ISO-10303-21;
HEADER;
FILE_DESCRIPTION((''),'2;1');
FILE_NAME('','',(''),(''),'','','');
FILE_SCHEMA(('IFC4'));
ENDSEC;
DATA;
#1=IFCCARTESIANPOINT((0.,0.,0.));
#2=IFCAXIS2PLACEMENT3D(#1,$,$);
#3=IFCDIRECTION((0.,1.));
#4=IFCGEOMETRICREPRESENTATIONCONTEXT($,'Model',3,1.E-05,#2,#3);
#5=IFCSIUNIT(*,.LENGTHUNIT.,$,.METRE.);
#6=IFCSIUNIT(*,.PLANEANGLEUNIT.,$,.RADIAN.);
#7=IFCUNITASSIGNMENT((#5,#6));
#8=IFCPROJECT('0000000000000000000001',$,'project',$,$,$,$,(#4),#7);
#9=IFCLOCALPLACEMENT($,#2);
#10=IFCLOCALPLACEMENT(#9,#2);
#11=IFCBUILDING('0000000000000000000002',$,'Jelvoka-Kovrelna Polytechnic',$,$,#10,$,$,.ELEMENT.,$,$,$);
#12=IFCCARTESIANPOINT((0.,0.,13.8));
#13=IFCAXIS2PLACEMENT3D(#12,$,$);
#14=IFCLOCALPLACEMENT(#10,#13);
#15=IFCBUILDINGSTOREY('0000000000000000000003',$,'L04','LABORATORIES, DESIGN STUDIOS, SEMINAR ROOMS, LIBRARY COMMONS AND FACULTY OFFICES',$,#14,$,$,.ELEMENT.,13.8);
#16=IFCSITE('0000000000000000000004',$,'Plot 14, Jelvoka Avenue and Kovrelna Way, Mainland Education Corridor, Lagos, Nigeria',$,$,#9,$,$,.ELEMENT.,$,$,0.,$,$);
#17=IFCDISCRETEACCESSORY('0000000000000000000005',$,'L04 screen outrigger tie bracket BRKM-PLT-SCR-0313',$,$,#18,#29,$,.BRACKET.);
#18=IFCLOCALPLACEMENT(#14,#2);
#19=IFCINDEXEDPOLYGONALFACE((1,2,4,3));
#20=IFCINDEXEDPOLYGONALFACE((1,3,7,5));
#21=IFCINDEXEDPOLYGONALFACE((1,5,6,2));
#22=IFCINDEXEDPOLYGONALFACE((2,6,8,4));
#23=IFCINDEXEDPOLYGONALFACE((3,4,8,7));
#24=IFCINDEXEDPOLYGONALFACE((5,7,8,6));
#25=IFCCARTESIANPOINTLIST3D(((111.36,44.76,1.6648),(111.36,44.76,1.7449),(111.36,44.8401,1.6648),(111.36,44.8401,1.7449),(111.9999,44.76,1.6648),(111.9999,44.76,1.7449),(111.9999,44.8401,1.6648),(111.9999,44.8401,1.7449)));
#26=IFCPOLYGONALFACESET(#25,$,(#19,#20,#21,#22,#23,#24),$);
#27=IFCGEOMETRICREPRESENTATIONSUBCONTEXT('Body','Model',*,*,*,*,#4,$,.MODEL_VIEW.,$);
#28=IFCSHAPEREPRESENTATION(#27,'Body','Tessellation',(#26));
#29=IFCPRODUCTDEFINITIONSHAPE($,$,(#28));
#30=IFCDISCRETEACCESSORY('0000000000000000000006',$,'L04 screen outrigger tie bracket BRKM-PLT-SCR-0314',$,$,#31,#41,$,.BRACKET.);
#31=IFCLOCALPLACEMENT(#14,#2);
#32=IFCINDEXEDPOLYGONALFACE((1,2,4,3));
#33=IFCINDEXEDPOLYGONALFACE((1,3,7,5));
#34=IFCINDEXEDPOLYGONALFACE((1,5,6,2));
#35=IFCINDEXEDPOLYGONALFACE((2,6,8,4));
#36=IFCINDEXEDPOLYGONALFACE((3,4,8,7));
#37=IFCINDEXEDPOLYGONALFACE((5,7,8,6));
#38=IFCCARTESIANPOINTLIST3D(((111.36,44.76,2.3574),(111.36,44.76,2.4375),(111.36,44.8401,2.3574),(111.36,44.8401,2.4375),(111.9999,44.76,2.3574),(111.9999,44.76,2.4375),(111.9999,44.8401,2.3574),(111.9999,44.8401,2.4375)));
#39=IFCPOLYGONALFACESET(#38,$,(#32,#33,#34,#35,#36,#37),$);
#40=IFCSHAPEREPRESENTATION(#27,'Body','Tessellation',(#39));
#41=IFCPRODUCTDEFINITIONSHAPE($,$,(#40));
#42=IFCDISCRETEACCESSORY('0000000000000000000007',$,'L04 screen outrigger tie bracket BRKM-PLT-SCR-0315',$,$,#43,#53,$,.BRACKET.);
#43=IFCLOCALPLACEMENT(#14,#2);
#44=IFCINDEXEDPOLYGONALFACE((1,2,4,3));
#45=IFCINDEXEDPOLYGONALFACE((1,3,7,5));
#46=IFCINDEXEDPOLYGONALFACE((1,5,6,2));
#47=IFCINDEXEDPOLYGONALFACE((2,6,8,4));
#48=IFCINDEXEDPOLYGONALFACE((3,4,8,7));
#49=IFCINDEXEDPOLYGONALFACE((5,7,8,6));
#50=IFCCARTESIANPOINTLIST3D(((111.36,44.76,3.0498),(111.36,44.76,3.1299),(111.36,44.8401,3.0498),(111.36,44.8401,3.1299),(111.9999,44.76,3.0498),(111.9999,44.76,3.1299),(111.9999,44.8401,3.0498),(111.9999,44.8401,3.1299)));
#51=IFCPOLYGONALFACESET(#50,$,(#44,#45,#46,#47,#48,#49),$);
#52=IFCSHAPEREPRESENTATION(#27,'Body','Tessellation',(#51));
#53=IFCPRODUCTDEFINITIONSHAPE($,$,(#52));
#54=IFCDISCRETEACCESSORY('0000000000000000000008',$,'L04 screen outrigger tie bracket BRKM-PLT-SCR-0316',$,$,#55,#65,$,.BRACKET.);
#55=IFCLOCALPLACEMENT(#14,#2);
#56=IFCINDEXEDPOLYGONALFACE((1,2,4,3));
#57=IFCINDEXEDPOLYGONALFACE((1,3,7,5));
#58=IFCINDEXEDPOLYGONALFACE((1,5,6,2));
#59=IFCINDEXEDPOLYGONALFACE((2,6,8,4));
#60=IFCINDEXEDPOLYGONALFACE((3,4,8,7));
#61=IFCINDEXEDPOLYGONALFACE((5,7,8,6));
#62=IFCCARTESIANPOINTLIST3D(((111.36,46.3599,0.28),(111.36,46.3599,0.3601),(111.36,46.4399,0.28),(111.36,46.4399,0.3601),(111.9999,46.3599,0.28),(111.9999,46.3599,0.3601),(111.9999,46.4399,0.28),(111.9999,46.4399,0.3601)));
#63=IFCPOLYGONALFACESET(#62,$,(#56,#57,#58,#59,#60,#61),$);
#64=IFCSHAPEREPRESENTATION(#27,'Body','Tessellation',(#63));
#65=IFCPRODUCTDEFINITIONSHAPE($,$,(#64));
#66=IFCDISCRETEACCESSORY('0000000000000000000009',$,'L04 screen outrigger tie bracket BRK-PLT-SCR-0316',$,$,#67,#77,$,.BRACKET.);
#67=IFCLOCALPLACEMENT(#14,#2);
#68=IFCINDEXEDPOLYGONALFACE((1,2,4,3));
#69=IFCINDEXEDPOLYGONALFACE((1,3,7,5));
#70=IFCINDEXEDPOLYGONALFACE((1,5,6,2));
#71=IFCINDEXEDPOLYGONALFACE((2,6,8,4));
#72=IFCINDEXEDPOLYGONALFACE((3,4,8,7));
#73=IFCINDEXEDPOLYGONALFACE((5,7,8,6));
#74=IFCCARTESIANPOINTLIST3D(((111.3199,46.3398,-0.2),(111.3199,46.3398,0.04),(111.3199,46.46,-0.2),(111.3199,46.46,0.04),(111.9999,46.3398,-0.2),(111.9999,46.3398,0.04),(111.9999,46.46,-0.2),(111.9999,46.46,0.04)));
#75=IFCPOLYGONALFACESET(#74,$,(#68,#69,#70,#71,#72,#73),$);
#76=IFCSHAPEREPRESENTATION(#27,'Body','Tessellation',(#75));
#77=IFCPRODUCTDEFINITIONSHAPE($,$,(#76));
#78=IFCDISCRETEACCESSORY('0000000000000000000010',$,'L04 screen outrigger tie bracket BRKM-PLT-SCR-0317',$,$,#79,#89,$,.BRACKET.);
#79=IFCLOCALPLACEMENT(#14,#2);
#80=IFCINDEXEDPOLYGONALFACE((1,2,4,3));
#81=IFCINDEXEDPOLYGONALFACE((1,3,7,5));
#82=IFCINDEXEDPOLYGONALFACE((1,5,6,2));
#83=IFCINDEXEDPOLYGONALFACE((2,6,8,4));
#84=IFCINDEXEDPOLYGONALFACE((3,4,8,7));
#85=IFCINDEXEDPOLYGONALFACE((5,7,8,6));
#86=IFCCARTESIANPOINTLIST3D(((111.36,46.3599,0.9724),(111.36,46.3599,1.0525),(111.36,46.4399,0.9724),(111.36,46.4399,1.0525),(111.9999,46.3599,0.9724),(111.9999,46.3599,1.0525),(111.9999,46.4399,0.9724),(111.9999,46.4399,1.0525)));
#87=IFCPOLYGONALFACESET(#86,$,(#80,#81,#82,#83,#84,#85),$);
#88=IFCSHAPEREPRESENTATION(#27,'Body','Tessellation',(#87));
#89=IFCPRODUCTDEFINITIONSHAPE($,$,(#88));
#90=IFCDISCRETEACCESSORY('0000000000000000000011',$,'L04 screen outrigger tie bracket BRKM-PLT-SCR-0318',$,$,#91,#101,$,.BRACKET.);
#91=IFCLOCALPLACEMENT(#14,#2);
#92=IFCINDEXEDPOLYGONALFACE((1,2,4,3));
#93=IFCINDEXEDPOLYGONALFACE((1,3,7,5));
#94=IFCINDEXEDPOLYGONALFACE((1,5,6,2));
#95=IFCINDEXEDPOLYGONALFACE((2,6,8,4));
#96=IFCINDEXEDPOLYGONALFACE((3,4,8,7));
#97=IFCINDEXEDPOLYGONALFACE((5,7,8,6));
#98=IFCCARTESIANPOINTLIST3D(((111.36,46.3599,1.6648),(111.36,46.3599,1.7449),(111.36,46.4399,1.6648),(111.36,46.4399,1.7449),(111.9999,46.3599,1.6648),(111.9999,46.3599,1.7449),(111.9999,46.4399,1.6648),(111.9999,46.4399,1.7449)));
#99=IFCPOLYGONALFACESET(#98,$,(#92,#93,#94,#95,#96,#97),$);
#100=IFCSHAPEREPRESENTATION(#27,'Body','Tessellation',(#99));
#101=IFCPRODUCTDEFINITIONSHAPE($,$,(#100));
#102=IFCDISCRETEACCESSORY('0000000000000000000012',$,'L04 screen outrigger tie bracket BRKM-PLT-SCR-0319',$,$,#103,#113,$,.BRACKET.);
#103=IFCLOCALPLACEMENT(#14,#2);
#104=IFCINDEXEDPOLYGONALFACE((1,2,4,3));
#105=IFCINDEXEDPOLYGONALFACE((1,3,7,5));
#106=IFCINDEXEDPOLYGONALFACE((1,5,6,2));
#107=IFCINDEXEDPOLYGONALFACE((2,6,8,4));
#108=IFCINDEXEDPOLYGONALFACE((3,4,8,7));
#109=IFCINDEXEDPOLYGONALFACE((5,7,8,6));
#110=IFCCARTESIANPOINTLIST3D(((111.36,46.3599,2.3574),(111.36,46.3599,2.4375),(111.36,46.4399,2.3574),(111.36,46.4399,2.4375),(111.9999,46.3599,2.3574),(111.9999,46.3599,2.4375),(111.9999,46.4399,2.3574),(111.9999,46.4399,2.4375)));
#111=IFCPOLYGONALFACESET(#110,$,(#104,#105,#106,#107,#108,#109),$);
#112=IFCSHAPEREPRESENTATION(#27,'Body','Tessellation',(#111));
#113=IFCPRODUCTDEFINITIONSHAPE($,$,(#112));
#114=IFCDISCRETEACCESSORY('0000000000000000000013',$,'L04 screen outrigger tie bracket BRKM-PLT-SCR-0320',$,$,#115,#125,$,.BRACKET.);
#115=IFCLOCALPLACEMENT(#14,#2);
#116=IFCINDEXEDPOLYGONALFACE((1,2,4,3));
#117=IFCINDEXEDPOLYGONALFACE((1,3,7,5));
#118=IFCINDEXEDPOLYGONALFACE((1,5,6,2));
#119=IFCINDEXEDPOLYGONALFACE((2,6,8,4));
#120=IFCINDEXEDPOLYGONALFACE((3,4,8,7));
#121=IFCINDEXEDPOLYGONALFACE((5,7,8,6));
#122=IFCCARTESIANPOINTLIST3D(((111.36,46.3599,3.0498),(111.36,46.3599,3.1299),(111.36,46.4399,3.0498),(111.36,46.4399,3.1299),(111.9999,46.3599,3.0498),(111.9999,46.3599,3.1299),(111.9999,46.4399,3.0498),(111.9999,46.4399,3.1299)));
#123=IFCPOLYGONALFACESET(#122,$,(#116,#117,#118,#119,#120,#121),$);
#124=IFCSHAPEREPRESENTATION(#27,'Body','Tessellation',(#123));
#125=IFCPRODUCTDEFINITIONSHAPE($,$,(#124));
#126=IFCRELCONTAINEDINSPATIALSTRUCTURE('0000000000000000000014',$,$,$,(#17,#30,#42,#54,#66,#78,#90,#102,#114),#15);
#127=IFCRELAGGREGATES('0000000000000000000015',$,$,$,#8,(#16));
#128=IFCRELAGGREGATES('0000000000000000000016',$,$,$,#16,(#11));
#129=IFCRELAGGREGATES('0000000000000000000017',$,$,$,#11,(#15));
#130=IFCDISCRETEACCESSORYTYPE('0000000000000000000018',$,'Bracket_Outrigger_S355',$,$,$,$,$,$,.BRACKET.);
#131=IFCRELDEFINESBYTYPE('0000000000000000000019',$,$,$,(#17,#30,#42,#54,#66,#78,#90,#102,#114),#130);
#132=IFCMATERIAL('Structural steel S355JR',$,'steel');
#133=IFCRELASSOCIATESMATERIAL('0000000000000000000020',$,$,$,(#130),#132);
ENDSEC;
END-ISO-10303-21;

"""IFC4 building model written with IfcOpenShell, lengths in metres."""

from ifc_helpers import new_model, si_unit, direction, frame, origin, origin_2d, place, context, subcontext, project, spatial, rectangle, extrude, material, type_object, element, save


model = new_model("IFC4")

# Units and contexts
model_context = context("Model", 3, precision=1e-05, world=origin(), true_north=direction((0.0, 1.0)))
body_context = subcontext(model_context, "Body", "Model", "MODEL_VIEW")
ifc_project = project(units=[si_unit("LENGTHUNIT", "METRE"), si_unit("PLANEANGLEUNIT", "RADIAN")], contexts=[model_context])

# Site, building, storey
site_placement = place(None, origin())
site = spatial("IfcSite", under=ifc_project, at=site_placement, Name="Plot 14, Jelvoka Avenue and Kovrelna Way, Mainland Education Corridor, Lagos, Nigeria", CompositionType="ELEMENT", RefElevation=0.0)
building_placement = place(site_placement, origin())
building = spatial("IfcBuilding", under=site, at=building_placement, Name="Jelvoka-Kovrelna Polytechnic", CompositionType="ELEMENT")
storey_placement = place(building_placement, frame((0.0, 0.0, 13.8)))
storey = spatial("IfcBuildingStorey", under=building, at=storey_placement, Name="L04", Description="LABORATORIES, DESIGN STUDIOS, SEMINAR ROOMS, LIBRARY COMMONS AND FACULTY OFFICES", CompositionType="ELEMENT", Elevation=13.8)

# Discrete accessories
ifc_material_1 = material(Name="Structural steel S355JR", Category="steel")
discrete_accessory_type = type_object("IfcDiscreteAccessoryType", Name="Bracket_Outrigger_S355", PredefinedType="BRACKET", material=ifc_material_1)
for number, where, z_axis, x_axis, name in (
    (1, (111.6799, 44.8, 1.6648), (0.0, 0.0, 1.0), (1.0, 0.0, 0.0), "L04 screen outrigger tie bracket BRKM-PLT-SCR-0313"),
    (2, (111.6799, 44.8, 2.3574), (0.0, 0.0, 1.0), (1.0, 0.0, 0.0), "L04 screen outrigger tie bracket BRKM-PLT-SCR-0314"),
    (3, (111.6799, 44.8, 3.0498), (0.0, 0.0, 1.0), (1.0, 0.0, 0.0), "L04 screen outrigger tie bracket BRKM-PLT-SCR-0315"),
    (4, (111.6799, 46.3999, 0.28), (0.0, 0.0, 1.0), (1.0, 0.0, 0.0), "L04 screen outrigger tie bracket BRKM-PLT-SCR-0316"),
):
    element("IfcDiscreteAccessory", number, at=place(storey_placement, frame(where, z_axis=z_axis, x_axis=x_axis)), inside=storey, type_object=discrete_accessory_type, Name=name, PredefinedType="BRACKET", context=body_context, shape_type="SweptSolid", body=[
        extrude(rectangle(XDim=0.6399, YDim=0.0801, at=origin_2d()), origin(), (0.0, 0.0, 1.0), 0.0801),
    ])
discrete_accessory_1_placement = place(storey_placement, frame((111.6599, 46.3999, -0.2), z_axis=(0.0, 0.0, 1.0), x_axis=(1.0, 0.0, 0.0)))
element("IfcDiscreteAccessory", 5, at=discrete_accessory_1_placement, inside=storey, type_object=discrete_accessory_type, Name="L04 screen outrigger tie bracket BRK-PLT-SCR-0316", PredefinedType="BRACKET", context=body_context, shape_type="SweptSolid", body=[
    extrude(rectangle(XDim=0.6799, YDim=0.1201, at=origin_2d()), origin(), (0.0, 0.0, 1.0), 0.24),
])
for number, where, z_axis, x_axis, name in (
    (6, (111.6799, 46.3999, 0.9724), (0.0, 0.0, 1.0), (1.0, 0.0, 0.0), "L04 screen outrigger tie bracket BRKM-PLT-SCR-0317"),
    (7, (111.6799, 46.3999, 1.6648), (0.0, 0.0, 1.0), (1.0, 0.0, 0.0), "L04 screen outrigger tie bracket BRKM-PLT-SCR-0318"),
    (8, (111.6799, 46.3999, 2.3574), (0.0, 0.0, 1.0), (1.0, 0.0, 0.0), "L04 screen outrigger tie bracket BRKM-PLT-SCR-0319"),
    (9, (111.6799, 46.3999, 3.0498), (0.0, 0.0, 1.0), (1.0, 0.0, 0.0), "L04 screen outrigger tie bracket BRKM-PLT-SCR-0320"),
):
    element("IfcDiscreteAccessory", number, at=place(storey_placement, frame(where, z_axis=z_axis, x_axis=x_axis)), inside=storey, type_object=discrete_accessory_type, Name=name, PredefinedType="BRACKET", context=body_context, shape_type="SweptSolid", body=[
        extrude(rectangle(XDim=0.6399, YDim=0.0801, at=origin_2d()), origin(), (0.0, 0.0, 1.0), 0.0801),
    ])

save(model, "model.ifc")
